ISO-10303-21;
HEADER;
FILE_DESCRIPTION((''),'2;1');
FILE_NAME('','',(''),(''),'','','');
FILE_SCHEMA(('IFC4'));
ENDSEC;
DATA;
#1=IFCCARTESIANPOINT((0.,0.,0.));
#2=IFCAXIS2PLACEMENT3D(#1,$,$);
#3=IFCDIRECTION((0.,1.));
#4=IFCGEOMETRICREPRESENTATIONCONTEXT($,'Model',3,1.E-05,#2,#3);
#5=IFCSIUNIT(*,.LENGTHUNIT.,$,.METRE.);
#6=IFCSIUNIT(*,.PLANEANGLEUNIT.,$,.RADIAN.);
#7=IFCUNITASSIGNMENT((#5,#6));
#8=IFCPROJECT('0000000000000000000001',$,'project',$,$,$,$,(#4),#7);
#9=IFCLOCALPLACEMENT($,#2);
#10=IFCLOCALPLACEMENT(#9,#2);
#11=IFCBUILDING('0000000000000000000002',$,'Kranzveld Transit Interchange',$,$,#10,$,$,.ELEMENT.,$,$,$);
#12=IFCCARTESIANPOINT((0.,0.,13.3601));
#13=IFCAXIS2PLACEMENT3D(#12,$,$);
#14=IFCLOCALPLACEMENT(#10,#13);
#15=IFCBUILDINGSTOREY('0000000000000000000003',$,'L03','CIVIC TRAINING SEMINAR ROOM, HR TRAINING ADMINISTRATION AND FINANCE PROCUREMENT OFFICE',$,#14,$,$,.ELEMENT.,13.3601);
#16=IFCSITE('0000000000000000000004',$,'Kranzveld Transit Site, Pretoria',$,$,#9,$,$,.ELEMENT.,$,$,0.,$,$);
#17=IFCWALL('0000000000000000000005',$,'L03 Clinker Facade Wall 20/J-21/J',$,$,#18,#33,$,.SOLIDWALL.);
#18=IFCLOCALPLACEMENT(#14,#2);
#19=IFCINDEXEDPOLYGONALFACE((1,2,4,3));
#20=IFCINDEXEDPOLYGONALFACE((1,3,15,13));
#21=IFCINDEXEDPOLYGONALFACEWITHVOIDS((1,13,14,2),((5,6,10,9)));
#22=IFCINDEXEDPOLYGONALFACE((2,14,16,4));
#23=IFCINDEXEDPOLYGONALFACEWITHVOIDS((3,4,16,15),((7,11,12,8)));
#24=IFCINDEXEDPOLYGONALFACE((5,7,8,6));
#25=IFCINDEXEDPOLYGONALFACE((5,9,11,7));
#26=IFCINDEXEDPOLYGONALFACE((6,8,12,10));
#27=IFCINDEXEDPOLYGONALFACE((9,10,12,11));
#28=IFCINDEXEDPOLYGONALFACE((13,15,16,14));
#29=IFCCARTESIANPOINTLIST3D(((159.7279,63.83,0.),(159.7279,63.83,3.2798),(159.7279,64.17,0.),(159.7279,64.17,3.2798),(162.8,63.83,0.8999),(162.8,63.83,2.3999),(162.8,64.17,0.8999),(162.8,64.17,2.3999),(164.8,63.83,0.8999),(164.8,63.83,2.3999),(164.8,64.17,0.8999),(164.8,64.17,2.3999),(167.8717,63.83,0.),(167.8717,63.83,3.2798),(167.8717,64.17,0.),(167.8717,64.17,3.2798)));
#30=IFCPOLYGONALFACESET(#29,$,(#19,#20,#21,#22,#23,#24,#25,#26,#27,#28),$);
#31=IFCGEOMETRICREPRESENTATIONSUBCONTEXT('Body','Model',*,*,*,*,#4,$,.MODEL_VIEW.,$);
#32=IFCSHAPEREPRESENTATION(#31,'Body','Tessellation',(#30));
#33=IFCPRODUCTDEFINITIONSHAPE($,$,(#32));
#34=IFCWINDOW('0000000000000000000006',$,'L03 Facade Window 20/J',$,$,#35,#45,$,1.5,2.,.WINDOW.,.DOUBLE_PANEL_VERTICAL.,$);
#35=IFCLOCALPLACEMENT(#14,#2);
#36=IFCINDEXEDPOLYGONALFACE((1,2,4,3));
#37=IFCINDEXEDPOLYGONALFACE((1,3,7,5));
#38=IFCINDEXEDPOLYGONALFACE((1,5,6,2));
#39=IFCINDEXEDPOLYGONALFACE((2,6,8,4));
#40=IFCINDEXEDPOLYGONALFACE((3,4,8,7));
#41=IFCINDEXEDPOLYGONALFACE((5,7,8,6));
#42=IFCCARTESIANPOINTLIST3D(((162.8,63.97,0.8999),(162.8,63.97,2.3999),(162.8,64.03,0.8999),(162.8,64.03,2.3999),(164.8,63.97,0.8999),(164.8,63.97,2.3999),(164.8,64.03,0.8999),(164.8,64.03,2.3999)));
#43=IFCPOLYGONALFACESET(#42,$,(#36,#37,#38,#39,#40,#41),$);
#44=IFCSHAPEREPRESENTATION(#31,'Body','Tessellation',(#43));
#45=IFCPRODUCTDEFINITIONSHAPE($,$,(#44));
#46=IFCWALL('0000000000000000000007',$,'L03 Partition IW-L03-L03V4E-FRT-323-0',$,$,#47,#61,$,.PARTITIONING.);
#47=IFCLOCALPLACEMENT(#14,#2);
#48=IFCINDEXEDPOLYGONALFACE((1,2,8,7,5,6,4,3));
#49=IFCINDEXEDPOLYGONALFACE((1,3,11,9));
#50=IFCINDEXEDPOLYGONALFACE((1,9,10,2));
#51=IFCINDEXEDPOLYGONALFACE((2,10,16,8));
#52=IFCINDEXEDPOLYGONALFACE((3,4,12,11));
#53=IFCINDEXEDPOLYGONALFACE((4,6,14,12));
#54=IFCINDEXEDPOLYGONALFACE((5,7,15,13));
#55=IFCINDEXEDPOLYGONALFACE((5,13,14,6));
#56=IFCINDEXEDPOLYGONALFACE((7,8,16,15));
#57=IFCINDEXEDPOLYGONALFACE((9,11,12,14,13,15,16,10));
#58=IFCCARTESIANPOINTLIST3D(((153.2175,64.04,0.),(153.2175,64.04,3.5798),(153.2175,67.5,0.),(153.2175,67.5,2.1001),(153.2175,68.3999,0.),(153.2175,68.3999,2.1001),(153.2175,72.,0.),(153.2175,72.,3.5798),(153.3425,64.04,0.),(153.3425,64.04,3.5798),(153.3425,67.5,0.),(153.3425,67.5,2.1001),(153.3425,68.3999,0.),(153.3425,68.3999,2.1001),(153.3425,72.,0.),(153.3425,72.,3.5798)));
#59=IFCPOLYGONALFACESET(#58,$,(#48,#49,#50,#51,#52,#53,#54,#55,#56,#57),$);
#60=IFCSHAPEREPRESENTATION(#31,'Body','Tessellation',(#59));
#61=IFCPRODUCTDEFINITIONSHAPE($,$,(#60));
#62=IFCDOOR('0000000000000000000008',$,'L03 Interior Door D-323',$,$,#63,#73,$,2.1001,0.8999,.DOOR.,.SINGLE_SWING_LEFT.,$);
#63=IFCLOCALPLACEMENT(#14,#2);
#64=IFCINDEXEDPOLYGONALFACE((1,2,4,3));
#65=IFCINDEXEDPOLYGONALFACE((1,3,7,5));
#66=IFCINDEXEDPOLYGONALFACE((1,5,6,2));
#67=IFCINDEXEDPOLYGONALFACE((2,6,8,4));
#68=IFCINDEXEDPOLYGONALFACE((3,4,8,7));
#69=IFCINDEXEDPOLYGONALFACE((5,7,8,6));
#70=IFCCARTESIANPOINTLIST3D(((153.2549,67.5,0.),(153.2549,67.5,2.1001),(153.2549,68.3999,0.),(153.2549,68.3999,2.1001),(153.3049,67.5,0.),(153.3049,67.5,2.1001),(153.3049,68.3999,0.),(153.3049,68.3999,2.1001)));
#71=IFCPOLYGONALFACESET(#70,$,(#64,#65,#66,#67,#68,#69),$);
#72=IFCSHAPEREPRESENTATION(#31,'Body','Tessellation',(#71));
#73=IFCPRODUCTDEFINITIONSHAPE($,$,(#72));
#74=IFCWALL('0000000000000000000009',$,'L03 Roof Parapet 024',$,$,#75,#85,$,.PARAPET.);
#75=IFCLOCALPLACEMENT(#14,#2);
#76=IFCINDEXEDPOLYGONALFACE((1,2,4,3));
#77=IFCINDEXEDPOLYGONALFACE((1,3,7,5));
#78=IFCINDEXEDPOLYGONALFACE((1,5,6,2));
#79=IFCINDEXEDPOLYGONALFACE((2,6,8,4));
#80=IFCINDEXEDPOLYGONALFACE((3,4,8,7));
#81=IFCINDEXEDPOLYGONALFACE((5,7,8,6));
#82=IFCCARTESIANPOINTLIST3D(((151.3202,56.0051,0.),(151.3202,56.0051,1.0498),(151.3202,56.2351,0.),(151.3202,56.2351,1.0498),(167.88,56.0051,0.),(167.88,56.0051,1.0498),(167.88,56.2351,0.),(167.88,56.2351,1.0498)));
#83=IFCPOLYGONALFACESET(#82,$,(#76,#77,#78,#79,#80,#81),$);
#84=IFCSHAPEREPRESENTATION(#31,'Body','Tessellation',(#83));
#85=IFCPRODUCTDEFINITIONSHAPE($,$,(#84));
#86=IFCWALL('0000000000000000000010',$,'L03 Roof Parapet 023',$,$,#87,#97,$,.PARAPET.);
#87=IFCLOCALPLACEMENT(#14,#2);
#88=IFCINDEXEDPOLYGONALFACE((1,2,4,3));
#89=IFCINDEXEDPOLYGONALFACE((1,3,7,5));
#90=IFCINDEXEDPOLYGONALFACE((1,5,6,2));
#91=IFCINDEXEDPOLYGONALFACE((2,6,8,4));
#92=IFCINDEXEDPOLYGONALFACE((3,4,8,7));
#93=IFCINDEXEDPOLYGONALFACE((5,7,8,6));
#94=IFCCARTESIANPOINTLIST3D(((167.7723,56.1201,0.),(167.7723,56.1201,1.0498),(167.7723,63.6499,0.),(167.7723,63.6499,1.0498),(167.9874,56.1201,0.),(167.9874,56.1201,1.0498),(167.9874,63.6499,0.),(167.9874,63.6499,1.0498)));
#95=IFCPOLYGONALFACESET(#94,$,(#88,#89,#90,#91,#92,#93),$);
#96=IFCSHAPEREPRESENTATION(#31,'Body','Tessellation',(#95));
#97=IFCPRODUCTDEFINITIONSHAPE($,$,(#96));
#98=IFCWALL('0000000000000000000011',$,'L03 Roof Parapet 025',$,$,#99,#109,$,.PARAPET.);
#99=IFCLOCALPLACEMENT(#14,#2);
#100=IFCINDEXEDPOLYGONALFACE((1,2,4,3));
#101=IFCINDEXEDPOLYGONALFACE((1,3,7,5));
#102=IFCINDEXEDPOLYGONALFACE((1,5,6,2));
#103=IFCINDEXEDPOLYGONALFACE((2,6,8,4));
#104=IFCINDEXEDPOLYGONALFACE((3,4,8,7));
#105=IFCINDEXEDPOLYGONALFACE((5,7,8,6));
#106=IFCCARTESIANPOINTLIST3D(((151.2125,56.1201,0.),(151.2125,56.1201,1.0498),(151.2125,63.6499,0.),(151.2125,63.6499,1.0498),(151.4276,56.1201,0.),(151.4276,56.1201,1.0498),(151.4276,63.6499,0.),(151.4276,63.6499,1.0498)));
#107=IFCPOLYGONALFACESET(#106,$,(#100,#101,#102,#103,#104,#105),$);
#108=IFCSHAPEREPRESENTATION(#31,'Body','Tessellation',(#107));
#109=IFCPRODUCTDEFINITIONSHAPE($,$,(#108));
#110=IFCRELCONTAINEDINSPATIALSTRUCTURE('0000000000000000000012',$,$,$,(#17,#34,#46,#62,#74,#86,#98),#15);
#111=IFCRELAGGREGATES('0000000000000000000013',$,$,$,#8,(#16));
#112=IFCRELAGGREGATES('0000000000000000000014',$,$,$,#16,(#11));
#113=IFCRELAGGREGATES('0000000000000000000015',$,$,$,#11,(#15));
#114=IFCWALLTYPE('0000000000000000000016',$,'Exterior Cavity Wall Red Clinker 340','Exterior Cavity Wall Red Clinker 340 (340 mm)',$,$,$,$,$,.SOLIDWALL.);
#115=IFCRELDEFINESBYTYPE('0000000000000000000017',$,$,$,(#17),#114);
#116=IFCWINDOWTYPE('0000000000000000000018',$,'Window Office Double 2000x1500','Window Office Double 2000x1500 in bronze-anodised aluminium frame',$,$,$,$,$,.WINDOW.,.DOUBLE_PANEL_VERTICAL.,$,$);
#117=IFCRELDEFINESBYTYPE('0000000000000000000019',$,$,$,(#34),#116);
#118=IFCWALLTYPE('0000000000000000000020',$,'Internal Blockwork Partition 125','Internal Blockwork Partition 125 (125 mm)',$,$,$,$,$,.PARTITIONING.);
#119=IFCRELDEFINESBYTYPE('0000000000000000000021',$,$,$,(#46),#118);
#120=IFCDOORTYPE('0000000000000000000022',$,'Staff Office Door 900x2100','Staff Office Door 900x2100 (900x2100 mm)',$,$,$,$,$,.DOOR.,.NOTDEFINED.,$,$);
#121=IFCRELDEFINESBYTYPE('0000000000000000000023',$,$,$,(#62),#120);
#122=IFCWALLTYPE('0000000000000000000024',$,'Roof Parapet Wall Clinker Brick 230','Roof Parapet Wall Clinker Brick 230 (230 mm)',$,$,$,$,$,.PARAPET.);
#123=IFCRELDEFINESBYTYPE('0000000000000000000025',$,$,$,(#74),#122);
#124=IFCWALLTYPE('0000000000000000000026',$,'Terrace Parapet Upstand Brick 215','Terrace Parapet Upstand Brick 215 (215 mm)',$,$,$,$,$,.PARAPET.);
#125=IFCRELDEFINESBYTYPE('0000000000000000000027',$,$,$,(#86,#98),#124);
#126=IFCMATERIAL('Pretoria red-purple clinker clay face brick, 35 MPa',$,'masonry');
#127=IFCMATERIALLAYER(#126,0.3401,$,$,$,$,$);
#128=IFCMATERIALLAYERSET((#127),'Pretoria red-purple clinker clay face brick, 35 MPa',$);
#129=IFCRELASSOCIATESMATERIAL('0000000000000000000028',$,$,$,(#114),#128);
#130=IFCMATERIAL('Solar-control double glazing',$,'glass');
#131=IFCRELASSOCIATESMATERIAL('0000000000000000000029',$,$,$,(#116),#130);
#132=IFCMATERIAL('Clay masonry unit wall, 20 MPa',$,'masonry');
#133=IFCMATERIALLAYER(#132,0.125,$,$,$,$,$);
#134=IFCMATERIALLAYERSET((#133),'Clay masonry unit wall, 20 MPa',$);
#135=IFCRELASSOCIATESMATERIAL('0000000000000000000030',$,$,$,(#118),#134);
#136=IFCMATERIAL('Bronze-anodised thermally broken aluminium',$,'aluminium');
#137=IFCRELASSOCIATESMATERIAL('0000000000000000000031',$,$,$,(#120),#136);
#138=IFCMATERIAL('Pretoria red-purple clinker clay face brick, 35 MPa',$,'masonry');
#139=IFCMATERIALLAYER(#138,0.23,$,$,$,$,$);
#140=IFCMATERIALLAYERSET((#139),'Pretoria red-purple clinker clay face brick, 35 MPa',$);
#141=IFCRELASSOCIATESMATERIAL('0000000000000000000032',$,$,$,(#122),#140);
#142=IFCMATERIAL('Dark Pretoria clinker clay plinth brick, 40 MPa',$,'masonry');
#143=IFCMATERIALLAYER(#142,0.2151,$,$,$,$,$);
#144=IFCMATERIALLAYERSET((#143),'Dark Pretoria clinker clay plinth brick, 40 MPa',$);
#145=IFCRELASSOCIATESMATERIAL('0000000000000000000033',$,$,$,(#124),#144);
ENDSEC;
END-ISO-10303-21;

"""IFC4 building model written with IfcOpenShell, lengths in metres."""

from ifc_helpers import new_model, si_unit, direction, frame, frame_2d, origin, place, context, subcontext, project, spatial, rectangle, extrude, material, layer, layer_set, type_object, element, fill, save


model = new_model("IFC4")

# Units and contexts
model_context = context("Model", 3, precision=1e-05, world=origin(), true_north=direction((0.0, 1.0)))
body_context = subcontext(model_context, "Body", "Model", "MODEL_VIEW")
ifc_project = project(units=[si_unit("LENGTHUNIT", "METRE"), si_unit("PLANEANGLEUNIT", "RADIAN")], contexts=[model_context])

# Site, building, storey
site_placement = place(None, origin())
site = spatial("IfcSite", under=ifc_project, at=site_placement, Name="Kranzveld Transit Site, Pretoria", CompositionType="ELEMENT", RefElevation=0.0)
building_placement = place(site_placement, origin())
building = spatial("IfcBuilding", under=site, at=building_placement, Name="Kranzveld Transit Interchange", CompositionType="ELEMENT")
storey_placement = place(building_placement, frame((0.0, 0.0, 13.3601)))
storey = spatial("IfcBuildingStorey", under=building, at=storey_placement, Name="L03", Description="CIVIC TRAINING SEMINAR ROOM, HR TRAINING ADMINISTRATION AND FINANCE PROCUREMENT OFFICE", CompositionType="ELEMENT", Elevation=13.3601)

# Wall, opening, window
ifc_material_1 = material(Name="Pretoria red-purple clinker clay face brick, 35 MPa", Category="masonry")
ifc_layer_1 = layer(ifc_material_1, 0.3401)
ifc_layer_set_1 = layer_set([ifc_layer_1], Name="Pretoria red-purple clinker clay face brick, 35 MPa")
wall_type_1 = type_object("IfcWallType", Name="Exterior Cavity Wall Red Clinker 340", Description="Exterior Cavity Wall Red Clinker 340 (340 mm)", PredefinedType="SOLIDWALL", material=ifc_layer_set_1)
wall_1_placement = place(storey_placement, frame((159.728, 64.0, 0.0), z_axis=(0.0, 0.0, 1.0), x_axis=(1.0, 0.0, 0.0)))
wall_1 = element("IfcWall", 1, at=wall_1_placement, inside=storey, type_object=wall_type_1, Name="L03 Clinker Facade Wall 20/J-21/J", PredefinedType="SOLIDWALL", context=body_context, shape_type="SweptSolid", body=[
    extrude(rectangle(XDim=8.1438, YDim=0.3401, at=frame_2d((4.0718, 0.0))), origin(), (0.0, 0.0, 1.0), 3.2798),
])
opening_1_placement = place(wall_1_placement, frame((3.072, 0.0, 0.8999), z_axis=(0.0, 0.0, 1.0), x_axis=(1.0, 0.0, 0.0)))
opening_1 = element("IfcOpeningElement", 2, at=opening_1_placement, cuts=wall_1, PredefinedType="OPENING", context=body_context, shape_type="SweptSolid", body=[
    extrude(rectangle(XDim=2.0, YDim=1.5, at=frame_2d((1.0, 0.75))), frame((0.0, 0.1799, 0.0), z_axis=(0.0, -1.0, 0.0), x_axis=(1.0, 0.0, 0.0)), (0.0, 0.0, 1.0), 0.3601),
])
ifc_material_2 = material(Name="Solar-control double glazing", Category="glass")
window_type_1 = type_object("IfcWindowType", Name="Window Office Double 2000x1500", Description="Window Office Double 2000x1500 in bronze-anodised aluminium frame", PartitioningType="DOUBLE_PANEL_VERTICAL", PredefinedType="WINDOW", material=ifc_material_2)
window_1_placement = place(opening_1_placement, origin())
window_1 = element("IfcWindow", 3, at=window_1_placement, inside=storey, type_object=window_type_1, Name="L03 Facade Window 20/J", OverallHeight=1.5, OverallWidth=2.0, PartitioningType="DOUBLE_PANEL_VERTICAL", PredefinedType="WINDOW", context=body_context, shape_type="SweptSolid", body=[
    extrude(rectangle(XDim=2.0, YDim=1.5, at=frame_2d((1.0, 0.75))), frame((0.0, 0.03, 0.0), z_axis=(0.0, -1.0, 0.0), x_axis=(1.0, 0.0, 0.0)), (0.0, 0.0, 1.0), 0.0601),
])
fill(opening_1, window_1)

# Wall, opening, door
ifc_material_3 = material(Name="Clay masonry unit wall, 20 MPa", Category="masonry")
ifc_layer_2 = layer(ifc_material_3, 0.125)
ifc_layer_set_2 = layer_set([ifc_layer_2], Name="Clay masonry unit wall, 20 MPa")
wall_type_2 = type_object("IfcWallType", Name="Internal Blockwork Partition 125", Description="Internal Blockwork Partition 125 (125 mm)", PredefinedType="PARTITIONING", material=ifc_layer_set_2)
wall_2_placement = place(storey_placement, frame((153.28, 64.04, 0.0), z_axis=(0.0, 0.0, 1.0), x_axis=(0.0, 1.0, 0.0)))
wall_2 = element("IfcWall", 4, at=wall_2_placement, inside=storey, type_object=wall_type_2, Name="L03 Partition IW-L03-L03V4E-FRT-323-0", PredefinedType="PARTITIONING", context=body_context, shape_type="SweptSolid", body=[
    extrude(rectangle(XDim=7.96, YDim=0.125, at=frame_2d((3.98, 0.0))), origin(), (0.0, 0.0, 1.0), 3.5798),
])
opening_2_placement = place(wall_2_placement, frame((4.3599, 0.0, 0.0), z_axis=(0.0, 0.0, 1.0), x_axis=(-1.0, 0.0, 0.0)))
opening_2 = element("IfcOpeningElement", 5, at=opening_2_placement, cuts=wall_2, PredefinedType="OPENING", context=body_context, shape_type="SweptSolid", body=[
    extrude(rectangle(XDim=0.8999, YDim=2.1001, at=frame_2d((0.45, 1.05))), frame((0.0, 0.0725, 0.0), z_axis=(0.0, -1.0, 0.0), x_axis=(1.0, 0.0, 0.0)), (0.0, 0.0, 1.0), 0.145),
])
ifc_material_4 = material(Name="Bronze-anodised thermally broken aluminium", Category="aluminium")
door_type = type_object("IfcDoorType", Name="Staff Office Door 900x2100", Description="Staff Office Door 900x2100 (900x2100 mm)", OperationType="NOTDEFINED", PredefinedType="DOOR", material=ifc_material_4)
door_placement = place(opening_2_placement, origin())
door = element("IfcDoor", 6, at=door_placement, inside=storey, type_object=door_type, Name="L03 Interior Door D-323", OperationType="SINGLE_SWING_LEFT", OverallHeight=2.1001, OverallWidth=0.8999, PredefinedType="DOOR", context=body_context, shape_type="SweptSolid", body=[
    extrude(rectangle(XDim=0.8999, YDim=2.1001, at=frame_2d((0.45, 1.05))), frame((0.0, 0.0249, 0.0), z_axis=(0.0, -1.0, 0.0), x_axis=(1.0, 0.0, 0.0)), (0.0, 0.0, 1.0), 0.05),
])
fill(opening_2, door)

# Walls
ifc_material_5 = material(Name="Pretoria red-purple clinker clay face brick, 35 MPa", Category="masonry")
ifc_layer_3 = layer(ifc_material_5, 0.23)
ifc_layer_set_3 = layer_set([ifc_layer_3], Name="Pretoria red-purple clinker clay face brick, 35 MPa")
wall_type_3 = type_object("IfcWallType", Name="Roof Parapet Wall Clinker Brick 230", Description="Roof Parapet Wall Clinker Brick 230 (230 mm)", PredefinedType="PARAPET", material=ifc_layer_set_3)
wall_3_placement = place(storey_placement, frame((167.8799, 56.1201, 0.0), z_axis=(0.0, 0.0, 1.0), x_axis=(-1.0, 0.0, 0.0)))
element("IfcWall", 7, at=wall_3_placement, inside=storey, type_object=wall_type_3, Name="L03 Roof Parapet 024", PredefinedType="PARAPET", context=body_context, shape_type="SweptSolid", body=[
    extrude(rectangle(XDim=16.5598, YDim=0.23, at=frame_2d((8.2798, 0.0))), origin(), (0.0, 0.0, 1.0), 1.0498),
])
ifc_material_6 = material(Name="Dark Pretoria clinker clay plinth brick, 40 MPa", Category="masonry")
ifc_layer_4 = layer(ifc_material_6, 0.2151)
ifc_layer_set_4 = layer_set([ifc_layer_4], Name="Dark Pretoria clinker clay plinth brick, 40 MPa")
wall_type_4 = type_object("IfcWallType", Name="Terrace Parapet Upstand Brick 215", Description="Terrace Parapet Upstand Brick 215 (215 mm)", PredefinedType="PARAPET", material=ifc_layer_set_4)
for number, where, z_axis, x_axis, name in (
    (8, (167.8799, 63.6499, 0.0), (0.0, 0.0, 1.0), (0.0, -1.0, 0.0), "L03 Roof Parapet 023"),
    (9, (151.3201, 56.1201, 0.0), (0.0, 0.0, 1.0), (0.0, 1.0, 0.0), "L03 Roof Parapet 025"),
):
    element("IfcWall", number, at=place(storey_placement, frame(where, z_axis=z_axis, x_axis=x_axis)), inside=storey, type_object=wall_type_4, Name=name, PredefinedType="PARAPET", context=body_context, shape_type="SweptSolid", body=[
        extrude(rectangle(XDim=7.5298, YDim=0.2151, at=frame_2d((3.7649, 0.0))), origin(), (0.0, 0.0, 1.0), 1.0498),
    ])

save(model, "model.ifc")
